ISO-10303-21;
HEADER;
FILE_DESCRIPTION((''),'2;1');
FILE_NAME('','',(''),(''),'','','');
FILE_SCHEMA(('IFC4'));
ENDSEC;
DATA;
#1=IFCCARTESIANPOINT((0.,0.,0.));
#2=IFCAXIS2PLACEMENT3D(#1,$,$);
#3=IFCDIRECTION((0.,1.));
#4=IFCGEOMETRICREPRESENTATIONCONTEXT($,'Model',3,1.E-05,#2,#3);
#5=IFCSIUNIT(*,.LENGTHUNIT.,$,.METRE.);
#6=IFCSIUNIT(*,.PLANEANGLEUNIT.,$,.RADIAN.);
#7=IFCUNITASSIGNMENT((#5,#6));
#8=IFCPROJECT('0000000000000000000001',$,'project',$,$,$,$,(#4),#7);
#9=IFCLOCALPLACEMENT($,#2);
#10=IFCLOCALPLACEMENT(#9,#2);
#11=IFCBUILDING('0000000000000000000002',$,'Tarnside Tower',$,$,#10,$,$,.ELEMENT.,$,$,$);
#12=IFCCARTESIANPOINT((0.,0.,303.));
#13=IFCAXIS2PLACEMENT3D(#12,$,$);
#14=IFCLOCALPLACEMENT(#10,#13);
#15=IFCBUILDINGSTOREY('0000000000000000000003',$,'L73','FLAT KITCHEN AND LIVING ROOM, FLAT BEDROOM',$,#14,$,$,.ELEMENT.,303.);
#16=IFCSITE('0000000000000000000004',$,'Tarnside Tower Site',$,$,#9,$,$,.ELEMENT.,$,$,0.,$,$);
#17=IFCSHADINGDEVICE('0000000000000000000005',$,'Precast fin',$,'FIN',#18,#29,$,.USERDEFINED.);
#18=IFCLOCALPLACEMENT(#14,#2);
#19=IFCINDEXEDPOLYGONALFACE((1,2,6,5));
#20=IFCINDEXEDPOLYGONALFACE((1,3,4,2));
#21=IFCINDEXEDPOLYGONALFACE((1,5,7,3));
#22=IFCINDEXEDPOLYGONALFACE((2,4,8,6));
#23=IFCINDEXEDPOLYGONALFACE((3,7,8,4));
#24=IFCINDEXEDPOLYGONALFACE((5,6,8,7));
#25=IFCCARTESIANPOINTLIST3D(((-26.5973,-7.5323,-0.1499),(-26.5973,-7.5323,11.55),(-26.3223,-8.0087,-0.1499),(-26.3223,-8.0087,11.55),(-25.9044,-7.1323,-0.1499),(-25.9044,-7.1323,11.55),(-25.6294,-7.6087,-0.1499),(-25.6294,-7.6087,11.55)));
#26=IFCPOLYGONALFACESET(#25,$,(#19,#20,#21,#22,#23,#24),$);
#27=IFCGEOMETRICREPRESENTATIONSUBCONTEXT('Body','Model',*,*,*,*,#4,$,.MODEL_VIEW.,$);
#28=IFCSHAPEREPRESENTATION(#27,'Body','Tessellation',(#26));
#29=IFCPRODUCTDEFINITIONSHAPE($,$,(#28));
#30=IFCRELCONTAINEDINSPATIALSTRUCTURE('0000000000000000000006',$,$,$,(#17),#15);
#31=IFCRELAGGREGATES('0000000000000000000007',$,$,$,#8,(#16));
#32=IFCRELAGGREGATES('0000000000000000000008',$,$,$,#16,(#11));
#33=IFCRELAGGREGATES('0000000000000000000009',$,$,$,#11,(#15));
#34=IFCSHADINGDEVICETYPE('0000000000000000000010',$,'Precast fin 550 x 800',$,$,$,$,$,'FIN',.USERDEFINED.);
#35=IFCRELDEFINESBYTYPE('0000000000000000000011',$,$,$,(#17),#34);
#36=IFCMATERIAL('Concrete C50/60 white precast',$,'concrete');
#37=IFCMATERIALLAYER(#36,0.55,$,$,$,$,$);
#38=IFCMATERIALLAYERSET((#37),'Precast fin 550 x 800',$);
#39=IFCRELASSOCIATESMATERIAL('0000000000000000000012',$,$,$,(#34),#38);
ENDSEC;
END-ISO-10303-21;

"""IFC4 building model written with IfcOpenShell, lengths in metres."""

from ifc_helpers import new_model, si_unit, direction, frame, origin, place, context, subcontext, project, spatial, polyline, outline, extrude, material, layer, layer_set, type_object, element, save


model = new_model("IFC4")

# Units and contexts
model_context = context("Model", 3, precision=1e-05, world=origin(), true_north=direction((0.0, 1.0)))
body_context = subcontext(model_context, "Body", "Model", "MODEL_VIEW")
ifc_project = project(units=[si_unit("LENGTHUNIT", "METRE"), si_unit("PLANEANGLEUNIT", "RADIAN")], contexts=[model_context])

# Site, building, storey
site_placement = place(None, origin())
site = spatial("IfcSite", under=ifc_project, at=site_placement, Name="Tarnside Tower Site", CompositionType="ELEMENT", RefElevation=0.0)
building_placement = place(site_placement, origin())
building = spatial("IfcBuilding", under=site, at=building_placement, Name="Tarnside Tower", CompositionType="ELEMENT")
storey_placement = place(building_placement, frame((0.0, 0.0, 303.0)))
storey = spatial("IfcBuildingStorey", under=building, at=storey_placement, Name="L73", Description="FLAT KITCHEN AND LIVING ROOM, FLAT BEDROOM", CompositionType="ELEMENT", Elevation=303.0)

# Shading device
ifc_material_1 = material(Name="Concrete C50/60 white precast", Category="concrete")
ifc_layer_1 = layer(ifc_material_1, 0.55)
ifc_layer_set_1 = layer_set([ifc_layer_1], Name="Precast fin 550 x 800")
shading_device_type_1 = type_object("IfcShadingDeviceType", Name="Precast fin 550 x 800", ElementType="FIN", PredefinedType="USERDEFINED", material=ifc_layer_set_1)
for number, where, z_axis, x_axis, name in (
    (1, (-25.7668, -7.3706, -0.1499), (-0.5, 0.866025, 0.0), (-0.866025, -0.5, 0.0), "Precast fin"),
):
    element("IfcShadingDevice", number, at=place(storey_placement, frame(where, z_axis=z_axis, x_axis=x_axis)), inside=storey, type_object=shading_device_type_1, Name=name, ObjectType="FIN", PredefinedType="USERDEFINED", context=body_context, shape_type="SweptSolid", body=[
        extrude(outline(polyline([(0.0, 0.0), (0.8, 0.0), (0.8, 11.7), (0.0, 11.7), (0.0, 0.0)])), frame((0.0, 0.0, -0.2749)), (0.0, 0.0, 1.0), 0.55),
    ])

save(model, "model.ifc")
